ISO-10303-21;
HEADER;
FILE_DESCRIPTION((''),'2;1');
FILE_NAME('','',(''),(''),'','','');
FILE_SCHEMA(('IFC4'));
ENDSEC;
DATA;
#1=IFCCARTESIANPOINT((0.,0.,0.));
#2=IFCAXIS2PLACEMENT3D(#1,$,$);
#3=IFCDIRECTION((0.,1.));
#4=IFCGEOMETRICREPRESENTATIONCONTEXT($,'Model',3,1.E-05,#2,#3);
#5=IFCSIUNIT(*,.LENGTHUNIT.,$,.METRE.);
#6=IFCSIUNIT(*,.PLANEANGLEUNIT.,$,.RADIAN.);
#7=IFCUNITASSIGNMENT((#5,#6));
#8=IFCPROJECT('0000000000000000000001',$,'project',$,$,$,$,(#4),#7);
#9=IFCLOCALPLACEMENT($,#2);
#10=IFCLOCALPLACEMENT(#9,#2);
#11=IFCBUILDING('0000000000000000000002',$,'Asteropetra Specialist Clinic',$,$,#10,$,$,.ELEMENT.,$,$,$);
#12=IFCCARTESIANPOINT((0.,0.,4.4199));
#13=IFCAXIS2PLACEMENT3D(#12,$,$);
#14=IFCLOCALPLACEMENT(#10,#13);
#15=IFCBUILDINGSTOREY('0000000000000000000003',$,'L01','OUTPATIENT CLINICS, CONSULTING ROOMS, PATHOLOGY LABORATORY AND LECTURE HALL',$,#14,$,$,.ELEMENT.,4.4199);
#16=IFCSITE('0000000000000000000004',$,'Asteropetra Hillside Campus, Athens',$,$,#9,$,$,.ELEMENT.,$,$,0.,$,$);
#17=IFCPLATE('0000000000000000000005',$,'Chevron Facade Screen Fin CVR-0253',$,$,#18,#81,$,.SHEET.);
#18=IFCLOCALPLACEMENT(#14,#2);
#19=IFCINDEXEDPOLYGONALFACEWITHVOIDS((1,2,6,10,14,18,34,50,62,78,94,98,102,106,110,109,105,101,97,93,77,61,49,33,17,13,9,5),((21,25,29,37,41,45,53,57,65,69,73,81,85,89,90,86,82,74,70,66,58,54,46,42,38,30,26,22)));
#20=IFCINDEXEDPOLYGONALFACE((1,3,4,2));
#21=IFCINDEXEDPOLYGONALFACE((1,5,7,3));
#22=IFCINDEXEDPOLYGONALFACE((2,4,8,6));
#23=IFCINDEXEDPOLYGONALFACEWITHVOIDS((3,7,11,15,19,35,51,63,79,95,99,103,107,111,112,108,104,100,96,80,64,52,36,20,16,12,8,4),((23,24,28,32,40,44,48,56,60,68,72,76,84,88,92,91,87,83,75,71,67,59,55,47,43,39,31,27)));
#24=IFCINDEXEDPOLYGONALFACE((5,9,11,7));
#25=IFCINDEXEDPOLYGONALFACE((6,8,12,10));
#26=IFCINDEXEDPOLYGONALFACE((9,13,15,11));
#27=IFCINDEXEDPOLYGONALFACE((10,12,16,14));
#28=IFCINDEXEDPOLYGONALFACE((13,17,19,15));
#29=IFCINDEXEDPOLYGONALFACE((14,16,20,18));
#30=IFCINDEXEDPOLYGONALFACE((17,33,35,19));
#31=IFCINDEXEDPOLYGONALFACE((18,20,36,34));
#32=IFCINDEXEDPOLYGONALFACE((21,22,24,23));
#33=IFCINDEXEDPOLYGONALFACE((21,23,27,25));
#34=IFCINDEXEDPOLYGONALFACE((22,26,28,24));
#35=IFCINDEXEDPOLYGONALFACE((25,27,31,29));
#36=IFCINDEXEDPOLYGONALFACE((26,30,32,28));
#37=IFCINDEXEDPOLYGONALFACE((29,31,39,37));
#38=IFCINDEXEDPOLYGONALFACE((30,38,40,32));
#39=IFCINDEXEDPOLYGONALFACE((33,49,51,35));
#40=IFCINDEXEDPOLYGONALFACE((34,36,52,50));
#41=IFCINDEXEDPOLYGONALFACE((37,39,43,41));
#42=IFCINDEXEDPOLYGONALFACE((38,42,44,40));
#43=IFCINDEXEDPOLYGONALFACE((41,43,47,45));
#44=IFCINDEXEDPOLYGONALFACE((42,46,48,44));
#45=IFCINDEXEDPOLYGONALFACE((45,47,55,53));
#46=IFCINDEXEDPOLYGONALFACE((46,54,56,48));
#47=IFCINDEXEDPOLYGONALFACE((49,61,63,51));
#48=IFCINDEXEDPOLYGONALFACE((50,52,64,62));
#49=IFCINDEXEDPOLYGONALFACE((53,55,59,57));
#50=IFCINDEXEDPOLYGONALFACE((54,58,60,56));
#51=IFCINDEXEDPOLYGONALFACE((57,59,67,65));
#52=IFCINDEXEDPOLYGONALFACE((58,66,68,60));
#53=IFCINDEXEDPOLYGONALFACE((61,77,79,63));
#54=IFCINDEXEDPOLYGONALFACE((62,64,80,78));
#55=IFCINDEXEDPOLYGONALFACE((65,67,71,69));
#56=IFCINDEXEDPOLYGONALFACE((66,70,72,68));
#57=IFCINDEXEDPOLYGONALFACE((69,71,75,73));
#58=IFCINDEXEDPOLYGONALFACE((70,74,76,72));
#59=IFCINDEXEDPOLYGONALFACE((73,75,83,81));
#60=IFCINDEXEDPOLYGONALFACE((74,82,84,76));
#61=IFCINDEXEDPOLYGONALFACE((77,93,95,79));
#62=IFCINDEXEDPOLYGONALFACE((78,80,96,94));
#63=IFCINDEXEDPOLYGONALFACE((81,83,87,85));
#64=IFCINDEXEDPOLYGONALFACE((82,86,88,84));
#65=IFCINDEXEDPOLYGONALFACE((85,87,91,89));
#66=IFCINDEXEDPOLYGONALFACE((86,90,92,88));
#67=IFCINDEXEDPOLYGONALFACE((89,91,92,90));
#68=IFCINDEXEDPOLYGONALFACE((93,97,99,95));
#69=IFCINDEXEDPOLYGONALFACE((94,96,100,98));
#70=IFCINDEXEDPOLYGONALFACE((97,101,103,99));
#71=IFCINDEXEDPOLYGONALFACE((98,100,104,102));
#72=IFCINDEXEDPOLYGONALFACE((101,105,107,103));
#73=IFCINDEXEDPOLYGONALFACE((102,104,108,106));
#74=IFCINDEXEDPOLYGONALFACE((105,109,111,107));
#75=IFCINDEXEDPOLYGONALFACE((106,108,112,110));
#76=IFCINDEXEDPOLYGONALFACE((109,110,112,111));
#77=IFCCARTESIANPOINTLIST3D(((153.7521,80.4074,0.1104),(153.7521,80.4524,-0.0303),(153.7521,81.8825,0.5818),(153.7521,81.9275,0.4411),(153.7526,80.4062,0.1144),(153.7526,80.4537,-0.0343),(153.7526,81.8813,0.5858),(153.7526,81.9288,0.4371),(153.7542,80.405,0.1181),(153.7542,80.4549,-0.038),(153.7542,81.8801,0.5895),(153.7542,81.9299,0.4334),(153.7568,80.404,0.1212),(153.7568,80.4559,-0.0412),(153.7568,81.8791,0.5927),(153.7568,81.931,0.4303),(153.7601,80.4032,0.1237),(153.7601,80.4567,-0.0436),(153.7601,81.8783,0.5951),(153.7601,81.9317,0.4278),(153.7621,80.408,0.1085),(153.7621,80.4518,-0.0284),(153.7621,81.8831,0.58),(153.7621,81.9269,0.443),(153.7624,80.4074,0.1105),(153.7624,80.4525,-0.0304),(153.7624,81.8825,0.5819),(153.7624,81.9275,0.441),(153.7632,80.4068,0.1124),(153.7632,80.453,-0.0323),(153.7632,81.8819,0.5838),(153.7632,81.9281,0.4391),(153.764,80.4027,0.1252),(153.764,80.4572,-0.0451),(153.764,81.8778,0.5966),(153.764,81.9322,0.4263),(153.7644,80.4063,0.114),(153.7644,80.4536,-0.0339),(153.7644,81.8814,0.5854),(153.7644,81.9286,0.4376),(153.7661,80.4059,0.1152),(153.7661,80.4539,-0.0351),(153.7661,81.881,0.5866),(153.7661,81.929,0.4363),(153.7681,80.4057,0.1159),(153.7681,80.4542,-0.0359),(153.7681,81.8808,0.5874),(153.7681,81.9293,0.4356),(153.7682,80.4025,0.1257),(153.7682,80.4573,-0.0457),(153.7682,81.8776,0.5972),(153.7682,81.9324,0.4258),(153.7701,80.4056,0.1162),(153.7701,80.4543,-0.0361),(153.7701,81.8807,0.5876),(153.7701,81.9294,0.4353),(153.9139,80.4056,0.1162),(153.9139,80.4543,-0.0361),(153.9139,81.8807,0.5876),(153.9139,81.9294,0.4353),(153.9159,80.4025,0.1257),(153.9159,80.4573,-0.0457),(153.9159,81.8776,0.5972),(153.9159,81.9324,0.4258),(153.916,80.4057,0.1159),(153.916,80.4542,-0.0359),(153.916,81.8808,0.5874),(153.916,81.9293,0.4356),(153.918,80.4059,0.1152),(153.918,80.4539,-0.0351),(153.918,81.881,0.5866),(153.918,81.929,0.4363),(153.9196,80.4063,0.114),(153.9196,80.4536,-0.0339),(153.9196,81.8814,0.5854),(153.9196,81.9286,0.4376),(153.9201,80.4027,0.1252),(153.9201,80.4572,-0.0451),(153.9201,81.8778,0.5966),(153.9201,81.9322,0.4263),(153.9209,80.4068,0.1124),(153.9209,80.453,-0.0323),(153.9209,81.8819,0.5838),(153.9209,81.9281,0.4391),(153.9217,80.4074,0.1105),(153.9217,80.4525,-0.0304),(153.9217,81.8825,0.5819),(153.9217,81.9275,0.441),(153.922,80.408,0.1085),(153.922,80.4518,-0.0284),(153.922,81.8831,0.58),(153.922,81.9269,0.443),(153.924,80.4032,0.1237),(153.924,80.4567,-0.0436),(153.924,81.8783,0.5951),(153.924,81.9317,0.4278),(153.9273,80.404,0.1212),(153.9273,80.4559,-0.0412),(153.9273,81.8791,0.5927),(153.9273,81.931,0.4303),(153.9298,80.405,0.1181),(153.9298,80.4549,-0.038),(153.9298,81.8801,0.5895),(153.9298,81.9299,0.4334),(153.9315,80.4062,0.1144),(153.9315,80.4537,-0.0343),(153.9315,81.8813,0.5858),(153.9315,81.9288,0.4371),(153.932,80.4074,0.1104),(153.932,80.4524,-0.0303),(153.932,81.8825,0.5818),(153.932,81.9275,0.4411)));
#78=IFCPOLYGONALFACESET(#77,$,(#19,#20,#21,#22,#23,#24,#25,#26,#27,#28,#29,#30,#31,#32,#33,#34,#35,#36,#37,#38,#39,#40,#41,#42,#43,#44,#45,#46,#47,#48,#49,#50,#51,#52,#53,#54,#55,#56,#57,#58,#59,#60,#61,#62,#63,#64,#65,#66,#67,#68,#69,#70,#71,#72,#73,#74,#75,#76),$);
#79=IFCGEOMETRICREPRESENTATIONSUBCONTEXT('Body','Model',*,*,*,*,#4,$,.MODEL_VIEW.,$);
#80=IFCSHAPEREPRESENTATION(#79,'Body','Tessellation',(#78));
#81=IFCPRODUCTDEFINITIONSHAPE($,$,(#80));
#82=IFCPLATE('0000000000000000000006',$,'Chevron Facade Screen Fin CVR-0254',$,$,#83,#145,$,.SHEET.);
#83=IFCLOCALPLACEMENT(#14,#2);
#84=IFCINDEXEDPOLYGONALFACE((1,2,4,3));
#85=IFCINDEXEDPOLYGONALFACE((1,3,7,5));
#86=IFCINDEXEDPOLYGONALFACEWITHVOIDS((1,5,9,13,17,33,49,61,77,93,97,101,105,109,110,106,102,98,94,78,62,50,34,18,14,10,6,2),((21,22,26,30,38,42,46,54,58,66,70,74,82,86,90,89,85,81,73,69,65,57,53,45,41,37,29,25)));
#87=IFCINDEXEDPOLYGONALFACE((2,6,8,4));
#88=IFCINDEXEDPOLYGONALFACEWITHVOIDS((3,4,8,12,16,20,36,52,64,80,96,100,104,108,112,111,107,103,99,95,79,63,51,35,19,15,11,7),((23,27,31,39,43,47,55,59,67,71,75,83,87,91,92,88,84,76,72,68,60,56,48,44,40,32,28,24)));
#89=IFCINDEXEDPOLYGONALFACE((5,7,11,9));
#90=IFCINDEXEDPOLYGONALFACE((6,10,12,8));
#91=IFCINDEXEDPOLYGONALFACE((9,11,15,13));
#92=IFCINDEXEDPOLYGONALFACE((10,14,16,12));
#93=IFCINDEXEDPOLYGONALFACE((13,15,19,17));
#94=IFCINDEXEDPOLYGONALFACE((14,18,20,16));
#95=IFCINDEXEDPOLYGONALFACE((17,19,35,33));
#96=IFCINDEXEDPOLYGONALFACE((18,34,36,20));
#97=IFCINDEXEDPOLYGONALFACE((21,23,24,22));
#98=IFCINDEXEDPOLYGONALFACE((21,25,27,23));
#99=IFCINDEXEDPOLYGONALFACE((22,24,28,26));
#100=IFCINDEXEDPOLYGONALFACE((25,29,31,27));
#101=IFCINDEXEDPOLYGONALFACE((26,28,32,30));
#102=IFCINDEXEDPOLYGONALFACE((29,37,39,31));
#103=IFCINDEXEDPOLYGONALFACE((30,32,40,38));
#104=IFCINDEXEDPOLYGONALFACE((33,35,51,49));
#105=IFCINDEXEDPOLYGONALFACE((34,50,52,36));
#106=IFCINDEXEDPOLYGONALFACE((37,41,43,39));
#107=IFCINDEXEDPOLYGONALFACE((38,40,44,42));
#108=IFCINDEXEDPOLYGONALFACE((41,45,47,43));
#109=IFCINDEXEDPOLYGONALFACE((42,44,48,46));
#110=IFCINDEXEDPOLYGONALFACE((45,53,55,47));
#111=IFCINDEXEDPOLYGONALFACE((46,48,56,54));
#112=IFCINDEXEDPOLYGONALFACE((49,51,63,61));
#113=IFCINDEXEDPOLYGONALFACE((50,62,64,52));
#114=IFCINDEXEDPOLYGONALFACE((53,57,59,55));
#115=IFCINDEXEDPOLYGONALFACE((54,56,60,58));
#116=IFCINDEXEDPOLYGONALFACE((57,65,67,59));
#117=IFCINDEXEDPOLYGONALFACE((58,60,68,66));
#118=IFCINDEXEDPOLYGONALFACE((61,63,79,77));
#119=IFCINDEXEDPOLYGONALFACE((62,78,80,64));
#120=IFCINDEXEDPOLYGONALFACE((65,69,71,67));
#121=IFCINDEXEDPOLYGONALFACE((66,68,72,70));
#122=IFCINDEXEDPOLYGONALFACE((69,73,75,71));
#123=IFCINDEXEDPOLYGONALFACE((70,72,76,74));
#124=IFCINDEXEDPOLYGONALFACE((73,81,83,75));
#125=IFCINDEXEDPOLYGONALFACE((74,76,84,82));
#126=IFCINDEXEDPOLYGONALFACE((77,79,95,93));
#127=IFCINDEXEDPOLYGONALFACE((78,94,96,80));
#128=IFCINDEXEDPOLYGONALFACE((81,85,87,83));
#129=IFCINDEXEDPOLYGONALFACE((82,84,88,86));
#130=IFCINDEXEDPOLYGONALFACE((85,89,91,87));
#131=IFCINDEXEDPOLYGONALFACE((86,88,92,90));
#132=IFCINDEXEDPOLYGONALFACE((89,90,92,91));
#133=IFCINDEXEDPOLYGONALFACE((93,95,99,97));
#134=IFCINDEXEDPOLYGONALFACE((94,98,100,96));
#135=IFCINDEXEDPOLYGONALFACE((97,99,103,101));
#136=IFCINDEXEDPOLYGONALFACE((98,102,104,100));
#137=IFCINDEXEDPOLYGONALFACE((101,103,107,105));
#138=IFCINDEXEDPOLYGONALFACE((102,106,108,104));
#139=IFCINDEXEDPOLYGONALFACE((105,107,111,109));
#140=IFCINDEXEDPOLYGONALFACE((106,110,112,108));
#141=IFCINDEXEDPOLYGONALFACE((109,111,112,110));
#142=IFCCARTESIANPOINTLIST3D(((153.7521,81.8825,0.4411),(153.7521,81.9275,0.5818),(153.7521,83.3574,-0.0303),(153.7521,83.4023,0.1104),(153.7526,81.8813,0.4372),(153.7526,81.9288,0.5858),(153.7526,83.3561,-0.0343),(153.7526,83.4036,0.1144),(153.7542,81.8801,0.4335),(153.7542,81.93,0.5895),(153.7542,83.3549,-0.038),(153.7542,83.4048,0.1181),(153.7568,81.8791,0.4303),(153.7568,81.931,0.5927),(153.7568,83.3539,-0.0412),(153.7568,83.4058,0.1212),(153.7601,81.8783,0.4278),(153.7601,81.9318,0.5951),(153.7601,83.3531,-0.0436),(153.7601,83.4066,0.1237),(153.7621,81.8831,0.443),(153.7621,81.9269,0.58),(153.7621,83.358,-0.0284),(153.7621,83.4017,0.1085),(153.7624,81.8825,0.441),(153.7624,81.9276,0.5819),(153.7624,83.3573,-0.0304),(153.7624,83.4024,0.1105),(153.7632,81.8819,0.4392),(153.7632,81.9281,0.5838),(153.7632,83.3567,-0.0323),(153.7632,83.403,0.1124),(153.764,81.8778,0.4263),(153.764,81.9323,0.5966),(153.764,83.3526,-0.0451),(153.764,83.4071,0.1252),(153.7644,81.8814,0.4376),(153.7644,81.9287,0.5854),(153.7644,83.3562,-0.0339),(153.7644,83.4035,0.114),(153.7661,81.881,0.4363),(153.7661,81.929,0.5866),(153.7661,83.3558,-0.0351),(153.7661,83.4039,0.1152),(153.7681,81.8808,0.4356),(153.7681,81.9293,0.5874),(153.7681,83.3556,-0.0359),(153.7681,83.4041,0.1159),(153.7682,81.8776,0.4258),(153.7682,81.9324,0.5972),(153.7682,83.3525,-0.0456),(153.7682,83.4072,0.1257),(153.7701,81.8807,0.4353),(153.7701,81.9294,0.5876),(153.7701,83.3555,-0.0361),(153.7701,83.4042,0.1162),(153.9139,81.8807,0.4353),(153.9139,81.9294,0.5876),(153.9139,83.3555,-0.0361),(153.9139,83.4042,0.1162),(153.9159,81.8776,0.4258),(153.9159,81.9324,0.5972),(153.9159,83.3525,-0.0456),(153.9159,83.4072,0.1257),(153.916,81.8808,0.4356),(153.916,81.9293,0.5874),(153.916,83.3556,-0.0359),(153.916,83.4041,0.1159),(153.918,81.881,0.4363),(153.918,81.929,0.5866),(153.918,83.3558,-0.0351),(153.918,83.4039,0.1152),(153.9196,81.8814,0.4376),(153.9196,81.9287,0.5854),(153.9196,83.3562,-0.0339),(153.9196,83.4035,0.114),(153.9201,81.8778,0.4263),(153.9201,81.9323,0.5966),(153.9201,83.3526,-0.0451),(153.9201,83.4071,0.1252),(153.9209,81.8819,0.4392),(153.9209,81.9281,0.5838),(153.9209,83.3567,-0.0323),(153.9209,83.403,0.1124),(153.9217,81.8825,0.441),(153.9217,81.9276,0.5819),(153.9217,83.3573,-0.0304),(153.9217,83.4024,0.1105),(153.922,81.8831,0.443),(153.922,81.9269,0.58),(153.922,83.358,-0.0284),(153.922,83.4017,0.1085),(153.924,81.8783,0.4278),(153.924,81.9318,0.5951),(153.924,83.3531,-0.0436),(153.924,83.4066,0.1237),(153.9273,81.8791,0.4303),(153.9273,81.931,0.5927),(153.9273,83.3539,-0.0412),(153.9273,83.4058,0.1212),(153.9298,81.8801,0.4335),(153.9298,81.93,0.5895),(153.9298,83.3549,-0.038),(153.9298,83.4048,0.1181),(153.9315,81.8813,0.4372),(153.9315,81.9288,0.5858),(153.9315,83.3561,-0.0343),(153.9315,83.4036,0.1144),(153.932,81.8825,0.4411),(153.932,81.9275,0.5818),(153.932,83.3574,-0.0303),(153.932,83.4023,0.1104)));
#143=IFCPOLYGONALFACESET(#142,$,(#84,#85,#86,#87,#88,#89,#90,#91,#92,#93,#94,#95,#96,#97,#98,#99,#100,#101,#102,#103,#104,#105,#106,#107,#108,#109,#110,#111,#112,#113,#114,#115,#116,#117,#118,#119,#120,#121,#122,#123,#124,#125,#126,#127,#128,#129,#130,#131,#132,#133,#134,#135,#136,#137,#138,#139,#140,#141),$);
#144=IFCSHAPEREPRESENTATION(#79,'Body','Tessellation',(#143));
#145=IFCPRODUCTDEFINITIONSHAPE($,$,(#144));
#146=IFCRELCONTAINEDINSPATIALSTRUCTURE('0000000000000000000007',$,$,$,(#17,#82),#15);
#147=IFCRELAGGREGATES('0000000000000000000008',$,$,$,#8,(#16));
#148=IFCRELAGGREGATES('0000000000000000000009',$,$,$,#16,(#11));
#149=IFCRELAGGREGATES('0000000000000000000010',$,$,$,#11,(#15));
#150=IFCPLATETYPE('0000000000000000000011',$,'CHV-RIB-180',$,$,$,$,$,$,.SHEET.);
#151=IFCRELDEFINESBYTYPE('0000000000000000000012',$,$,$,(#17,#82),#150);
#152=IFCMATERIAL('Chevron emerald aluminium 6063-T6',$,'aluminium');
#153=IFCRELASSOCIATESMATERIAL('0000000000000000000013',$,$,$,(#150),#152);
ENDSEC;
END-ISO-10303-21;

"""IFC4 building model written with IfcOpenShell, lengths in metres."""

from ifc_helpers import new_model, si_unit, direction, frame, origin, origin_2d, place, context, subcontext, project, spatial, hollow_rectangle, extrude, material, material_profile, profile_set, type_object, element, save


model = new_model("IFC4")

# Units and contexts
model_context = context("Model", 3, precision=1e-05, world=origin(), true_north=direction((0.0, 1.0)))
body_context = subcontext(model_context, "Body", "Model", "MODEL_VIEW")
ifc_project = project(units=[si_unit("LENGTHUNIT", "METRE"), si_unit("PLANEANGLEUNIT", "RADIAN")], contexts=[model_context])

# Site, building, storey
site_placement = place(None, origin())
site = spatial("IfcSite", under=ifc_project, at=site_placement, Name="Asteropetra Hillside Campus, Athens", CompositionType="ELEMENT", RefElevation=0.0)
building_placement = place(site_placement, origin())
building = spatial("IfcBuilding", under=site, at=building_placement, Name="Asteropetra Specialist Clinic", CompositionType="ELEMENT")
storey_placement = place(building_placement, frame((0.0, 0.0, 4.4199)))
storey = spatial("IfcBuildingStorey", under=building, at=storey_placement, Name="L01", Description="OUTPATIENT CLINICS, CONSULTING ROOMS, PATHOLOGY LABORATORY AND LECTURE HALL", CompositionType="ELEMENT", Elevation=4.4199)

# Plates
ifc_material_1 = material(Name="Chevron emerald aluminium 6063-T6", Category="aluminium")
ifc_material_profile = material_profile(ifc_material_1, hollow_rectangle(XDim=0.1799, YDim=0.1799, WallThickness=0.01, InnerFilletRadius=0.0081, OuterFilletRadius=0.0161, at=origin_2d()), Name="SHS 180x180x10.0")
ifc_profile_set = profile_set([ifc_material_profile], Name="Chevron emerald aluminium 6063-T6")
plate_type = type_object("IfcPlateType", Name="CHV-RIB-180", PredefinedType="SHEET", material=ifc_profile_set)
plate_1_placement = place(storey_placement, frame((153.842, 80.4299, 0.04), z_axis=(0.0, 0.952536, 0.304427), x_axis=(-1.0, 0.0, 0.0)))
element("IfcPlate", 1, at=plate_1_placement, inside=storey, type_object=plate_type, Name="Chevron Facade Screen Fin CVR-0253", PredefinedType="SHEET", context=body_context, shape_type="SweptSolid", body=[
    extrude(hollow_rectangle(XDim=0.1799, YDim=0.1799, WallThickness=0.01, InnerFilletRadius=0.0081, OuterFilletRadius=0.0161, at=origin_2d()), origin(), (0.0, 0.0, 1.0), 1.5486),
])
plate_2_placement = place(storey_placement, frame((153.842, 81.905, 0.5115), z_axis=(0.0, 0.952521, -0.304472), x_axis=(-1.0, 0.0, 0.0)))
element("IfcPlate", 2, at=plate_2_placement, inside=storey, type_object=plate_type, Name="Chevron Facade Screen Fin CVR-0254", PredefinedType="SHEET", context=body_context, shape_type="SweptSolid", body=[
    extrude(hollow_rectangle(XDim=0.1799, YDim=0.1799, WallThickness=0.01, InnerFilletRadius=0.0081, OuterFilletRadius=0.0161, at=origin_2d()), origin(), (0.0, 0.0, 1.0), 1.5483),
])

save(model, "model.ifc")
